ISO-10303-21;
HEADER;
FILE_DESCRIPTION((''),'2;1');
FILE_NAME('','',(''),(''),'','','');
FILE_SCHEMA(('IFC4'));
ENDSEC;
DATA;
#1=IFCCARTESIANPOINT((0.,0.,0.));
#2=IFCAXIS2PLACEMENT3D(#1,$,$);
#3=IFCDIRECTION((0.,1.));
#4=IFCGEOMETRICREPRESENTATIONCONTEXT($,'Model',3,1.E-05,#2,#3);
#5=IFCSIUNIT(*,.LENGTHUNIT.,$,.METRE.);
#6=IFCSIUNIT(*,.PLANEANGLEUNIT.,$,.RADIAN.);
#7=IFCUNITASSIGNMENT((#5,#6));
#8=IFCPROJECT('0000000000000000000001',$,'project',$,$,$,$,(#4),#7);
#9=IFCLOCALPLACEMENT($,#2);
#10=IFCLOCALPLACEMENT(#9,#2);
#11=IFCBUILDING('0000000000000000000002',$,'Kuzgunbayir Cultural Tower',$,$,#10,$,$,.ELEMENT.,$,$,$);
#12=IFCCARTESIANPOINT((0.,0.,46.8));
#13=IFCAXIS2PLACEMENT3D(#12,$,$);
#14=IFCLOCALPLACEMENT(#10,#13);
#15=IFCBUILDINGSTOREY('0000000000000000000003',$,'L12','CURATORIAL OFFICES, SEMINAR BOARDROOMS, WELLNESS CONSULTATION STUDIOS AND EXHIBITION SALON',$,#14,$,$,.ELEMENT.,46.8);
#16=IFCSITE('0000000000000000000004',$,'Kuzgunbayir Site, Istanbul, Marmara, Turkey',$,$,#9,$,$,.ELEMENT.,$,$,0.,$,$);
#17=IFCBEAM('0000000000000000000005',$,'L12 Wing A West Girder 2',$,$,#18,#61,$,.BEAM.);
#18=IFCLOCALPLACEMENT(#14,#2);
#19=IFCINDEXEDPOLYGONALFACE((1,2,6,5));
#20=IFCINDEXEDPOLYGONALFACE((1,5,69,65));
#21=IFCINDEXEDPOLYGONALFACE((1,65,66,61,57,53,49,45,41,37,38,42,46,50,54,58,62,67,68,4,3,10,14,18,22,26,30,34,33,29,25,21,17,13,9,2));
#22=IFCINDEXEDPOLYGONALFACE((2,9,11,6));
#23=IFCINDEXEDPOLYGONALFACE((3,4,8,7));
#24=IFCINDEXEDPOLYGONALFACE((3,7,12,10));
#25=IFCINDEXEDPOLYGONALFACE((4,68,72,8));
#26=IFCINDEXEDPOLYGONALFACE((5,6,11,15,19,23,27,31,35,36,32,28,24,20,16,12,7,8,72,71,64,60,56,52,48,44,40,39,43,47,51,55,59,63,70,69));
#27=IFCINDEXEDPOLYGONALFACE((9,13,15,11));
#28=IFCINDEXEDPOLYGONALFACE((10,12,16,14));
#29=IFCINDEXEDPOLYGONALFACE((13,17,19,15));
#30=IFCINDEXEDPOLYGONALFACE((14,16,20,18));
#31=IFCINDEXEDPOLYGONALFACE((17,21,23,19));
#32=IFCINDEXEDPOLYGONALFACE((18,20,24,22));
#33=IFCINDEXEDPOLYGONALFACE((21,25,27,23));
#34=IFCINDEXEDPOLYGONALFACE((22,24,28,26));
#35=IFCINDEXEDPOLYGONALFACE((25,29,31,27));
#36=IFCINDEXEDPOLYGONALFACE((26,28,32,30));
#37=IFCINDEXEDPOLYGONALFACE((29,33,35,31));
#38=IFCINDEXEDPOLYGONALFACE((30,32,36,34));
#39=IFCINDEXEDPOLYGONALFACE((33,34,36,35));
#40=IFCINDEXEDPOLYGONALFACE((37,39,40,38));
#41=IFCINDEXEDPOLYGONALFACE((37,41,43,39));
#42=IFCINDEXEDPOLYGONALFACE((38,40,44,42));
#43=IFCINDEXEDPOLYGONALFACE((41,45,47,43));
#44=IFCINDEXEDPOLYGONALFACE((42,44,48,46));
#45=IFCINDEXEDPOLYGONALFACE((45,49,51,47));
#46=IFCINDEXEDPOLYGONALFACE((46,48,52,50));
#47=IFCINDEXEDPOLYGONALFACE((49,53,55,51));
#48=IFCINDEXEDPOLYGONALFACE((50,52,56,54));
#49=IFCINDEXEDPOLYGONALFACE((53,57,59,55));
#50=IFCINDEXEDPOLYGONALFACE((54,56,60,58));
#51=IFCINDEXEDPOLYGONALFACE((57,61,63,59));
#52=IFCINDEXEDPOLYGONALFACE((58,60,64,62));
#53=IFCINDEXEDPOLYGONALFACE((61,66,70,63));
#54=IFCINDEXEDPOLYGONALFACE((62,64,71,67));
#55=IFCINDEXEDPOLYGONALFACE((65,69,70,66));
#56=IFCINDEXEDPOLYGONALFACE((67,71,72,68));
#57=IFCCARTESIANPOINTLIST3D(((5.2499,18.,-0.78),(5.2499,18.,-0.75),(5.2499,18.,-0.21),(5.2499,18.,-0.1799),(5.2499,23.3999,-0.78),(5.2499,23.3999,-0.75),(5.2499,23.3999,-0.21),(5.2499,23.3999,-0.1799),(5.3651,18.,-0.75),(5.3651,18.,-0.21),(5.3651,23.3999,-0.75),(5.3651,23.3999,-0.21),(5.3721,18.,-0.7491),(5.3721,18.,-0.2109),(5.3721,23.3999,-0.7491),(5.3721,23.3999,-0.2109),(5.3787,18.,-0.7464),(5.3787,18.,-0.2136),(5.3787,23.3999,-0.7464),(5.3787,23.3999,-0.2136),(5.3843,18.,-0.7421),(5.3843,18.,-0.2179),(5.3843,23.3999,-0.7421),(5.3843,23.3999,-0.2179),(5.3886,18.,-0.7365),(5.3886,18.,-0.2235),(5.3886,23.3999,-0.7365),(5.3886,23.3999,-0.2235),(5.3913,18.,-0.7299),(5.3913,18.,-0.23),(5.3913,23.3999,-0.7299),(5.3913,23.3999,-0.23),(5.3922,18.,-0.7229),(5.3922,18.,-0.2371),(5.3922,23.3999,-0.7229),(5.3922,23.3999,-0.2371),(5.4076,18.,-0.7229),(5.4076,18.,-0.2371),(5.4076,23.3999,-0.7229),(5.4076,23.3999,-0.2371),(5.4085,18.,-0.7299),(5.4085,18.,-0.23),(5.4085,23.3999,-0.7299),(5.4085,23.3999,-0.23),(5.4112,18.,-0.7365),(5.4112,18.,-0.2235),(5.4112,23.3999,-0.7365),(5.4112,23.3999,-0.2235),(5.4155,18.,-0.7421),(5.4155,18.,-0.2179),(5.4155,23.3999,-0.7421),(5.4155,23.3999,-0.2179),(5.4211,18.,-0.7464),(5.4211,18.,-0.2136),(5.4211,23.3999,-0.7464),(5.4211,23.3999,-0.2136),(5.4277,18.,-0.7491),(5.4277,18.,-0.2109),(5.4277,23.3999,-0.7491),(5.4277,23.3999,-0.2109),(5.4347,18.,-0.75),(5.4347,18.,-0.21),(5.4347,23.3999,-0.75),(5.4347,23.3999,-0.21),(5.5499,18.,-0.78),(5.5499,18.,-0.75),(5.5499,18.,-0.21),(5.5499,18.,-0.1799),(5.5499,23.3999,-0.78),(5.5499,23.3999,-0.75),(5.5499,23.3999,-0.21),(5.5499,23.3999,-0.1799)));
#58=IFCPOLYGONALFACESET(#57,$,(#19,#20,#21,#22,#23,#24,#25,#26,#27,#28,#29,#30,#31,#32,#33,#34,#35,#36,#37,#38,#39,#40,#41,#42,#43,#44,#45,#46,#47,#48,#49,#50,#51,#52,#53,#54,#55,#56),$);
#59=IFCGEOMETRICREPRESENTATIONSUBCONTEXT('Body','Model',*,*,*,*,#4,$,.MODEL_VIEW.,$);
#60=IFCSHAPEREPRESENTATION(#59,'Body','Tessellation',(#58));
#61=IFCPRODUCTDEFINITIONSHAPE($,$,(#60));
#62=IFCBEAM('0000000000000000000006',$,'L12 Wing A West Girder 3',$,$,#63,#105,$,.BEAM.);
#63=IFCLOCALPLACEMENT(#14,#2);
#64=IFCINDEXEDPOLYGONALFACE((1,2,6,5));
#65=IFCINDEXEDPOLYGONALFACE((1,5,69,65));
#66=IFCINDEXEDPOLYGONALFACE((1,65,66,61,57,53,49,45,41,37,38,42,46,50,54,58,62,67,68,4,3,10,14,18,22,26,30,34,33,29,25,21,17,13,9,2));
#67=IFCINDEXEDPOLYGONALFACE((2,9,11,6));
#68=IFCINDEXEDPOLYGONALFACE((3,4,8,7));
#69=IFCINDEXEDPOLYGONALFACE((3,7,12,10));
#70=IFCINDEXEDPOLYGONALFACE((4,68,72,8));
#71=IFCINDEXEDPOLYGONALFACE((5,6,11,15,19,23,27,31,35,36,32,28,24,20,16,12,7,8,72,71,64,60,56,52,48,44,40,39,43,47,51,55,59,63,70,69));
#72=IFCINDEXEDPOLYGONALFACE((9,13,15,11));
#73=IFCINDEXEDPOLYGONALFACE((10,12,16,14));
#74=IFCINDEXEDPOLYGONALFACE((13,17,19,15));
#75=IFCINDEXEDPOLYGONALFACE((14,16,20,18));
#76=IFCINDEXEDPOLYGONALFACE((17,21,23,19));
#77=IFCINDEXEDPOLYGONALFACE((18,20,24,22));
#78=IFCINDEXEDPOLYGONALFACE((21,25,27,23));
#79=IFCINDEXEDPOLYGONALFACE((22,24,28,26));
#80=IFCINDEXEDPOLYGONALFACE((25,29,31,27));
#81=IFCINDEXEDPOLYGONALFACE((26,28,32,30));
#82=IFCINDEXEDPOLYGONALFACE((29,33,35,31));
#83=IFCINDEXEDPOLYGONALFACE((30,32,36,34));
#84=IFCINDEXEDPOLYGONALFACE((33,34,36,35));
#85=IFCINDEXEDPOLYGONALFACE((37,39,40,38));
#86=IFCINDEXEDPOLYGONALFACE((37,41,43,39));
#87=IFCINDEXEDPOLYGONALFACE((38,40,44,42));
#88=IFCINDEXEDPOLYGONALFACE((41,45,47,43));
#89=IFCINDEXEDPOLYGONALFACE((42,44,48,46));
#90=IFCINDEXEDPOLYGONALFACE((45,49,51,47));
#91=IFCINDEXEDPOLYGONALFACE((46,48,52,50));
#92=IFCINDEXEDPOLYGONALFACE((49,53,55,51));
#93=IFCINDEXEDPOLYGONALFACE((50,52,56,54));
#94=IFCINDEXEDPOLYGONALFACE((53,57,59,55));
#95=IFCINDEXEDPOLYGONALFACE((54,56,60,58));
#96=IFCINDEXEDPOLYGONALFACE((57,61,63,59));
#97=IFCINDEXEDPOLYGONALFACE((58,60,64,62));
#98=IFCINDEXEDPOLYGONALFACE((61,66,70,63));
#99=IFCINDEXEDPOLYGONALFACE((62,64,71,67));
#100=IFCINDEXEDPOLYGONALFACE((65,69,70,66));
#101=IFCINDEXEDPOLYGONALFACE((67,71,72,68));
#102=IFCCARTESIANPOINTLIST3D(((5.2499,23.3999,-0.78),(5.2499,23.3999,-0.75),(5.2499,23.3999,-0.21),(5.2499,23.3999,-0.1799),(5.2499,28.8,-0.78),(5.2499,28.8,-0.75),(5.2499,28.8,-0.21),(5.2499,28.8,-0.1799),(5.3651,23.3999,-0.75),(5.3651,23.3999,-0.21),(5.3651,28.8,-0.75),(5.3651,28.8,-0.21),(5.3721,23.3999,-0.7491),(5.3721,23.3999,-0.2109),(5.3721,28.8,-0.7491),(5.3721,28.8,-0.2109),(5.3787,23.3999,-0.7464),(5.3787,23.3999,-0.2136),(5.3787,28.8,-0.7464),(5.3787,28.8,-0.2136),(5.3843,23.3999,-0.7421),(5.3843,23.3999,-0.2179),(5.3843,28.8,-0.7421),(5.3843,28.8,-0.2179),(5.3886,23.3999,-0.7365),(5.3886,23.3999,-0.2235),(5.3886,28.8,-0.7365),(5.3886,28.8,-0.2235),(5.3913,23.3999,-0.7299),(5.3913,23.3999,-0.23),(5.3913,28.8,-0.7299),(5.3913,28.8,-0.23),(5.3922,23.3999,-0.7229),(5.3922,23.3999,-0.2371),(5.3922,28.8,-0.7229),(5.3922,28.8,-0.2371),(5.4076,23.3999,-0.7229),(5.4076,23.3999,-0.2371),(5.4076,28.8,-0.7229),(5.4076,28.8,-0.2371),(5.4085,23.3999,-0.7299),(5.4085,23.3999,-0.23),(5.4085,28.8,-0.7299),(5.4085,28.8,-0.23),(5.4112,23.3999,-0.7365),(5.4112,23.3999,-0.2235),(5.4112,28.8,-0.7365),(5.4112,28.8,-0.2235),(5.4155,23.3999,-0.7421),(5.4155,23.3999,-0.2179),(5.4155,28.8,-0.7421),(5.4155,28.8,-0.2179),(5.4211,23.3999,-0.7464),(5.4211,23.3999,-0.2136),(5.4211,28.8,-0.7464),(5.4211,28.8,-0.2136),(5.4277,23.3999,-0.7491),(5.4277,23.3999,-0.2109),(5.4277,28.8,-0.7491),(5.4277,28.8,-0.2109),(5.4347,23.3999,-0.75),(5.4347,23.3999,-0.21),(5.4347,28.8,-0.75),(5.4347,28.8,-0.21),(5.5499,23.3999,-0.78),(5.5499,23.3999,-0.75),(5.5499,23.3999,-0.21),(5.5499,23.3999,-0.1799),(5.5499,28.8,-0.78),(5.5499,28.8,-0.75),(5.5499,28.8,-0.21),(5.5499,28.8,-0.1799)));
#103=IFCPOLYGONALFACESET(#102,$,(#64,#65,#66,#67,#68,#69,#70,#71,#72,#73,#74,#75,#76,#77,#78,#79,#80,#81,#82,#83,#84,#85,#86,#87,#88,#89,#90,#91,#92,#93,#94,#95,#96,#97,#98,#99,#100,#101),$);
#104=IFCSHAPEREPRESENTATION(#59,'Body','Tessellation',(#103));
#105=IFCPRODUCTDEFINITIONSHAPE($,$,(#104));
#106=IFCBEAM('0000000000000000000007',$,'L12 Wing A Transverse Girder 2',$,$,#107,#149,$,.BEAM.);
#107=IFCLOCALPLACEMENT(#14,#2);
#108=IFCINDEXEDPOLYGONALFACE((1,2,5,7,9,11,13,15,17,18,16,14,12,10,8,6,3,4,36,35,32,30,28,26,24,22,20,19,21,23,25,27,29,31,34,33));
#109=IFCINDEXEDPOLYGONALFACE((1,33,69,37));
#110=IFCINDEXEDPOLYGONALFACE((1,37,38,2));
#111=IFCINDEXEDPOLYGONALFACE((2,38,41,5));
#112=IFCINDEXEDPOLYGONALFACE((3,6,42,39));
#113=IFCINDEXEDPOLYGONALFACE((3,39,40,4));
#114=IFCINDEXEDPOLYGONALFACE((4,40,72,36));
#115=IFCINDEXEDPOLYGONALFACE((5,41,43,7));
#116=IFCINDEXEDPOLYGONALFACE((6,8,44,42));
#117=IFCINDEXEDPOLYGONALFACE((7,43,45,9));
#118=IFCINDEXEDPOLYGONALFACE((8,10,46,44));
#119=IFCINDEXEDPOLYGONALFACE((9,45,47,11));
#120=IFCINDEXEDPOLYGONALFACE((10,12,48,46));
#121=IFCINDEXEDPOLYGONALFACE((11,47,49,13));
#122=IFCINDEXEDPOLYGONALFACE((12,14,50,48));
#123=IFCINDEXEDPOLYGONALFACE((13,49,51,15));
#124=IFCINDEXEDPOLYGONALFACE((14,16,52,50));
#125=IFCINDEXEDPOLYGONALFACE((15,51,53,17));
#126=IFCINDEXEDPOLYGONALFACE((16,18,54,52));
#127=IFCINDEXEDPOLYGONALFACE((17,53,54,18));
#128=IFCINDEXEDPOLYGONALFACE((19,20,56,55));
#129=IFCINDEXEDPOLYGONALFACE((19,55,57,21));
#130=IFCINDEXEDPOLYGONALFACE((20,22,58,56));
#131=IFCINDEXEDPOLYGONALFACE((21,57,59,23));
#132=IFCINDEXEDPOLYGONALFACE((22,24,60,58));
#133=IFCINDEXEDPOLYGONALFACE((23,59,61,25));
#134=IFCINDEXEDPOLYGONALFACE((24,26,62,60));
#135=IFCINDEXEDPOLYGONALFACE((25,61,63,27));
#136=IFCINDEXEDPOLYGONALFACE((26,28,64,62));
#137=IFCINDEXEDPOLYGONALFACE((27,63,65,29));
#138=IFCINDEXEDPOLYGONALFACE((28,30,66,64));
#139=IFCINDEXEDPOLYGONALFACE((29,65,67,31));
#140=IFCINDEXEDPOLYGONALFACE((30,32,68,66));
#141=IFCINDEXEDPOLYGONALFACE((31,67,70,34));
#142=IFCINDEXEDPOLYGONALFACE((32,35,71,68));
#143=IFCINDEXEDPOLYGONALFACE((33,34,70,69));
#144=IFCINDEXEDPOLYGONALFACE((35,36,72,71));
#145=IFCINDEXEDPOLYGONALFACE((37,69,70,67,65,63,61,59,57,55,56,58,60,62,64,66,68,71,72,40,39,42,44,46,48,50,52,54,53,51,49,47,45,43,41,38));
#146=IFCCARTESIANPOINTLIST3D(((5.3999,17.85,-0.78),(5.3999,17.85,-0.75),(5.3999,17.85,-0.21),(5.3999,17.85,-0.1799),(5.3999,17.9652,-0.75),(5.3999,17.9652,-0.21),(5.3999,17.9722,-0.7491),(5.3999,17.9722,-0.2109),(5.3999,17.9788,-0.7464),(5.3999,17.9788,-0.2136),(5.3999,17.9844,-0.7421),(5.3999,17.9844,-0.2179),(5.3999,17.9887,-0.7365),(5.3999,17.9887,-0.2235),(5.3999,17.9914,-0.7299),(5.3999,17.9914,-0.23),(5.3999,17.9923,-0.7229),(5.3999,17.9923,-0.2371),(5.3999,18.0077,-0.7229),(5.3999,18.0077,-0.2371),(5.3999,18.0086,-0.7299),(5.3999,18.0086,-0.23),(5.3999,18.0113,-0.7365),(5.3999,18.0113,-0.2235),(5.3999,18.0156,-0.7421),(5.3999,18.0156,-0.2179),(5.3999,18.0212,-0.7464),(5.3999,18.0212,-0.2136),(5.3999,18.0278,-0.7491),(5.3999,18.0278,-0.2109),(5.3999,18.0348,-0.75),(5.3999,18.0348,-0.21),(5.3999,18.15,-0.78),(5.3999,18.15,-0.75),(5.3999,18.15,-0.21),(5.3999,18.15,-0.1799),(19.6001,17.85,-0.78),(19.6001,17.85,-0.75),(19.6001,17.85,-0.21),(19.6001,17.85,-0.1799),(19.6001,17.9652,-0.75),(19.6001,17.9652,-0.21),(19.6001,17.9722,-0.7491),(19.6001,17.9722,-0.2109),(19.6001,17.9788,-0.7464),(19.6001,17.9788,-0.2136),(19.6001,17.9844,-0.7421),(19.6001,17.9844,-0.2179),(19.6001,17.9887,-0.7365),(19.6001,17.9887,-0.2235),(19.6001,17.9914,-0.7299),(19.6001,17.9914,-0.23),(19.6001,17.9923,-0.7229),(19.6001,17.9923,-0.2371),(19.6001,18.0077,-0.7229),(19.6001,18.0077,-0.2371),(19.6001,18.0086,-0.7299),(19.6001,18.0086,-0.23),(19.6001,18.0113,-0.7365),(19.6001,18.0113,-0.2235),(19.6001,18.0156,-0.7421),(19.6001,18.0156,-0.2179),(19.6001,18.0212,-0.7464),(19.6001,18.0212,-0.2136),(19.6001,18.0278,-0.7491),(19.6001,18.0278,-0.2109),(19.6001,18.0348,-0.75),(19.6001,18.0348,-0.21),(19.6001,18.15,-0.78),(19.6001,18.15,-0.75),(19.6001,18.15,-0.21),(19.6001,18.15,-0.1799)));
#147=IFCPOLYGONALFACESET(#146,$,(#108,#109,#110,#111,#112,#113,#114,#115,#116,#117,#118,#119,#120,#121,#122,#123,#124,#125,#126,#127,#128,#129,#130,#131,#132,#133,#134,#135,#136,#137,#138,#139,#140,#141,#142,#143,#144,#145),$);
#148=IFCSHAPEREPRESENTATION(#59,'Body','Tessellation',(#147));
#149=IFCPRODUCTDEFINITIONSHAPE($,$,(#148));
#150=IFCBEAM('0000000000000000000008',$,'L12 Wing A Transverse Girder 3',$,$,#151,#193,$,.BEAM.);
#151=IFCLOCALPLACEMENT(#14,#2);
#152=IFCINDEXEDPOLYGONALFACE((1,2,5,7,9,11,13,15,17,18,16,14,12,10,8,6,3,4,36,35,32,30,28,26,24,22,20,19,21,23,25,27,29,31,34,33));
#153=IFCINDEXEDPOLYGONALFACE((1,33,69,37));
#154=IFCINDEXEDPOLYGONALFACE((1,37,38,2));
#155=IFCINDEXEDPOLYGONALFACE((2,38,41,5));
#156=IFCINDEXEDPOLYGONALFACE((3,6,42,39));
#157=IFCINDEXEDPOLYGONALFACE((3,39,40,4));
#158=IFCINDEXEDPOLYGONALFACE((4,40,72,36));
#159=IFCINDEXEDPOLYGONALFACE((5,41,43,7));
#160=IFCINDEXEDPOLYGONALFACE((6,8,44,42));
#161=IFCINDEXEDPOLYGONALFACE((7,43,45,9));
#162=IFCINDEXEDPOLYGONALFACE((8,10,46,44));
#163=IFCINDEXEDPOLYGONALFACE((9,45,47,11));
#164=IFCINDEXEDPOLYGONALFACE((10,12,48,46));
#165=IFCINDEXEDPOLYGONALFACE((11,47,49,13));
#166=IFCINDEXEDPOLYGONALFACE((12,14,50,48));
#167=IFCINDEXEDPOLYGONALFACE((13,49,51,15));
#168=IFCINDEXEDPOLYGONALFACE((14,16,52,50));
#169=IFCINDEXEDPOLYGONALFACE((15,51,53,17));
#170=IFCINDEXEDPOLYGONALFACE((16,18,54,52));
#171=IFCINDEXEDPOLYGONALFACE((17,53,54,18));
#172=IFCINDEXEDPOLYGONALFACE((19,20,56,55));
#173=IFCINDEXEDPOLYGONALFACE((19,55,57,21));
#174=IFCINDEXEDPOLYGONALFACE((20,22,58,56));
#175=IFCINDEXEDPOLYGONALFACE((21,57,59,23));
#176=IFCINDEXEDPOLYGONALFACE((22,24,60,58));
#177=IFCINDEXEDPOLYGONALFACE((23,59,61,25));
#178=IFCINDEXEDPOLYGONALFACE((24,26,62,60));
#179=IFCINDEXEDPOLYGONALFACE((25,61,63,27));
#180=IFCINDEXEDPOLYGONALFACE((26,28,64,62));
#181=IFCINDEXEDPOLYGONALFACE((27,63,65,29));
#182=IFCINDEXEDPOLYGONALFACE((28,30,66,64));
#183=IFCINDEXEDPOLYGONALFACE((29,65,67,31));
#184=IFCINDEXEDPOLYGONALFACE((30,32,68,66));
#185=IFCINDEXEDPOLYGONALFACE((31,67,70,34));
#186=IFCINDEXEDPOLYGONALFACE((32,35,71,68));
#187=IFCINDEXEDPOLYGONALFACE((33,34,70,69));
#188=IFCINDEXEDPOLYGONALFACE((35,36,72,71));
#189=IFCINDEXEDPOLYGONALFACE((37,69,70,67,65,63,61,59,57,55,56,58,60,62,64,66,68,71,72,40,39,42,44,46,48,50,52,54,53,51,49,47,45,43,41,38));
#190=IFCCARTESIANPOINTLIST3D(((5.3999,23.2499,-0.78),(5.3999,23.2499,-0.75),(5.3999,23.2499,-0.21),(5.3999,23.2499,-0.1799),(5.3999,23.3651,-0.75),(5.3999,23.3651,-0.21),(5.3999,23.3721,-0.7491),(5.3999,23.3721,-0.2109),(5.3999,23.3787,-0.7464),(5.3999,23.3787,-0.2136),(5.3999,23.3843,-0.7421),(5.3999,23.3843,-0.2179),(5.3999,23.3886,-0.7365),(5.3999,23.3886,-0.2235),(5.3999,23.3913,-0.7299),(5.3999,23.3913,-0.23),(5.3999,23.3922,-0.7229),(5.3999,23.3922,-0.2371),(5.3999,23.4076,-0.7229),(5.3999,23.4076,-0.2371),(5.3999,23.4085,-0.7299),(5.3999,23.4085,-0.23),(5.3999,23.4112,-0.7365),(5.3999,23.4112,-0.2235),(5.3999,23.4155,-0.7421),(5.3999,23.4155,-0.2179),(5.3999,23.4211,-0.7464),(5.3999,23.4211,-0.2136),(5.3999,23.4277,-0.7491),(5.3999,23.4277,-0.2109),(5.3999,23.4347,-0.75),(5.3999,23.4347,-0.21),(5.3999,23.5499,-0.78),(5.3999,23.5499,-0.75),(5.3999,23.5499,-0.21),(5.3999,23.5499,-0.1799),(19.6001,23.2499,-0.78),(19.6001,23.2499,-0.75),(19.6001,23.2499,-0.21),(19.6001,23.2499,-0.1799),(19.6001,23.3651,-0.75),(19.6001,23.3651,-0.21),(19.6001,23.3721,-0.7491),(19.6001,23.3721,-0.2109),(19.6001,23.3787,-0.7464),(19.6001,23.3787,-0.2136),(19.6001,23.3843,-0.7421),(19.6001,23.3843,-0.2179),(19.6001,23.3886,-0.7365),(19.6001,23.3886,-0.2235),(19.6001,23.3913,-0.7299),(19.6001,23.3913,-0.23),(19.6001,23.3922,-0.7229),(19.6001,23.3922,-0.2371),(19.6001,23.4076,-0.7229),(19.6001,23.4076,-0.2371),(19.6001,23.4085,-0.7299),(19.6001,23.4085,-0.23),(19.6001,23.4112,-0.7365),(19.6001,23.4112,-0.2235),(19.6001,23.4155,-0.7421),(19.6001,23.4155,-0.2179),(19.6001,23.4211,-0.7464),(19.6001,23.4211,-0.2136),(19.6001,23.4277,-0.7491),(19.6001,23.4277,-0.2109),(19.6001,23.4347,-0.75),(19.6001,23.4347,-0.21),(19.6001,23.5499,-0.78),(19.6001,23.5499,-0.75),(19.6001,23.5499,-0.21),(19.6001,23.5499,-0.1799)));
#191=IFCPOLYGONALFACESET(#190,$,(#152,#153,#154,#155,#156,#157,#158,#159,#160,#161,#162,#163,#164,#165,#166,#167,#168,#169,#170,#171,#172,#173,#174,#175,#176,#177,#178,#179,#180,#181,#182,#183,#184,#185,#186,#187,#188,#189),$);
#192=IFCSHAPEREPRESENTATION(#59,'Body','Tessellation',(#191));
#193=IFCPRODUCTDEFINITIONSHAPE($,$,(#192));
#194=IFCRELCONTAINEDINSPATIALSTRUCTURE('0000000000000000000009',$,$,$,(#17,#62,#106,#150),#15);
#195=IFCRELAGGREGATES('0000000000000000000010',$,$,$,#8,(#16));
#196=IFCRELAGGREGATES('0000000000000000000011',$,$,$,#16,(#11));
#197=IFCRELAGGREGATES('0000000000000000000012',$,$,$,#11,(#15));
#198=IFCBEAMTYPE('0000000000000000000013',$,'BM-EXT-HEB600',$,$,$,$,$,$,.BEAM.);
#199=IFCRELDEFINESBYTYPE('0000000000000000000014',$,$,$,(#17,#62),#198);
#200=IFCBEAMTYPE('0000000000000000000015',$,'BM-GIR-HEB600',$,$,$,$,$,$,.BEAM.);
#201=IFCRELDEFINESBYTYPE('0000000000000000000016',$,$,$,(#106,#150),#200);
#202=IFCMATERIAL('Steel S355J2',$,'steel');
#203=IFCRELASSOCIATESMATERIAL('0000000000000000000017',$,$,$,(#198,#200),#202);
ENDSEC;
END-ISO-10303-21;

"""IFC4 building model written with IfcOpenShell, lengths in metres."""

from ifc_helpers import new_model, si_unit, direction, frame, origin, origin_2d, place, context, subcontext, project, spatial, i_section, extrude, material, material_profile, profile_set, type_object, element, save


model = new_model("IFC4")

# Units and contexts
model_context = context("Model", 3, precision=1e-05, world=origin(), true_north=direction((0.0, 1.0)))
body_context = subcontext(model_context, "Body", "Model", "MODEL_VIEW")
ifc_project = project(units=[si_unit("LENGTHUNIT", "METRE"), si_unit("PLANEANGLEUNIT", "RADIAN")], contexts=[model_context])

# Site, building, storey
site_placement = place(None, origin())
site = spatial("IfcSite", under=ifc_project, at=site_placement, Name="Kuzgunbayir Site, Istanbul, Marmara, Turkey", CompositionType="ELEMENT", RefElevation=0.0)
building_placement = place(site_placement, origin())
building = spatial("IfcBuilding", under=site, at=building_placement, Name="Kuzgunbayir Cultural Tower", CompositionType="ELEMENT")
storey_placement = place(building_placement, frame((0.0, 0.0, 46.8)))
storey = spatial("IfcBuildingStorey", under=building, at=storey_placement, Name="L12", Description="CURATORIAL OFFICES, SEMINAR BOARDROOMS, WELLNESS CONSULTATION STUDIOS AND EXHIBITION SALON", CompositionType="ELEMENT", Elevation=46.8)

# Beams
ifc_material_1 = material(Name="Steel S355J2", Category="steel")
ifc_material_profile_1 = material_profile(ifc_material_1, i_section(OverallWidth=0.3, OverallDepth=0.6001, WebThickness=0.0154, FlangeThickness=0.03, FilletRadius=0.0271, at=origin_2d()), Name="HEB 600")
ifc_profile_set_1 = profile_set([ifc_material_profile_1], Name="Steel S355J2")
beam_type_1 = type_object("IfcBeamType", Name="BM-EXT-HEB600", PredefinedType="BEAM", material=ifc_profile_set_1)
beam_1_placement = place(storey_placement, frame((5.3999, 18.0, -0.48), z_axis=(0.0, 1.0, 0.0), x_axis=(-1.0, 0.0, 0.0)))
element("IfcBeam", 1, at=beam_1_placement, inside=storey, type_object=beam_type_1, Name="L12 Wing A West Girder 2", PredefinedType="BEAM", context=body_context, shape_type="SweptSolid", body=[
    extrude(i_section(OverallWidth=0.3, OverallDepth=0.6001, WebThickness=0.0154, FlangeThickness=0.03, FilletRadius=0.0271, at=origin_2d()), origin(), (0.0, 0.0, 1.0), 5.3999),
])
beam_2_placement = place(storey_placement, frame((5.3999, 23.3999, -0.48), z_axis=(0.0, 1.0, 0.0), x_axis=(-1.0, 0.0, 0.0)))
element("IfcBeam", 2, at=beam_2_placement, inside=storey, type_object=beam_type_1, Name="L12 Wing A West Girder 3", PredefinedType="BEAM", context=body_context, shape_type="SweptSolid", body=[
    extrude(i_section(OverallWidth=0.3, OverallDepth=0.6001, WebThickness=0.0154, FlangeThickness=0.03, FilletRadius=0.0271, at=origin_2d()), origin(), (0.0, 0.0, 1.0), 5.4001),
])
ifc_material_profile_2 = material_profile(ifc_material_1, i_section(OverallWidth=0.3, OverallDepth=0.6001, WebThickness=0.0154, FlangeThickness=0.03, FilletRadius=0.0271, at=origin_2d()), Name="HEB 600")
ifc_profile_set_2 = profile_set([ifc_material_profile_2], Name="Steel S355J2")
beam_type_2 = type_object("IfcBeamType", Name="BM-GIR-HEB600", PredefinedType="BEAM", material=ifc_profile_set_2)
for number, where, z_axis, x_axis, name in (
    (3, (5.3999, 18.0, -0.48), (1.0, 0.0, 0.0), (0.0, 1.0, 0.0), "L12 Wing A Transverse Girder 2"),
    (4, (5.3999, 23.3999, -0.48), (1.0, 0.0, 0.0), (0.0, 1.0, 0.0), "L12 Wing A Transverse Girder 3"),
):
    element("IfcBeam", number, at=place(storey_placement, frame(where, z_axis=z_axis, x_axis=x_axis)), inside=storey, type_object=beam_type_2, Name=name, PredefinedType="BEAM", context=body_context, shape_type="SweptSolid", body=[
        extrude(i_section(OverallWidth=0.3, OverallDepth=0.6001, WebThickness=0.0154, FlangeThickness=0.03, FilletRadius=0.0271, at=origin_2d()), origin(), (0.0, 0.0, 1.0), 14.2002),
    ])

save(model, "model.ifc")
